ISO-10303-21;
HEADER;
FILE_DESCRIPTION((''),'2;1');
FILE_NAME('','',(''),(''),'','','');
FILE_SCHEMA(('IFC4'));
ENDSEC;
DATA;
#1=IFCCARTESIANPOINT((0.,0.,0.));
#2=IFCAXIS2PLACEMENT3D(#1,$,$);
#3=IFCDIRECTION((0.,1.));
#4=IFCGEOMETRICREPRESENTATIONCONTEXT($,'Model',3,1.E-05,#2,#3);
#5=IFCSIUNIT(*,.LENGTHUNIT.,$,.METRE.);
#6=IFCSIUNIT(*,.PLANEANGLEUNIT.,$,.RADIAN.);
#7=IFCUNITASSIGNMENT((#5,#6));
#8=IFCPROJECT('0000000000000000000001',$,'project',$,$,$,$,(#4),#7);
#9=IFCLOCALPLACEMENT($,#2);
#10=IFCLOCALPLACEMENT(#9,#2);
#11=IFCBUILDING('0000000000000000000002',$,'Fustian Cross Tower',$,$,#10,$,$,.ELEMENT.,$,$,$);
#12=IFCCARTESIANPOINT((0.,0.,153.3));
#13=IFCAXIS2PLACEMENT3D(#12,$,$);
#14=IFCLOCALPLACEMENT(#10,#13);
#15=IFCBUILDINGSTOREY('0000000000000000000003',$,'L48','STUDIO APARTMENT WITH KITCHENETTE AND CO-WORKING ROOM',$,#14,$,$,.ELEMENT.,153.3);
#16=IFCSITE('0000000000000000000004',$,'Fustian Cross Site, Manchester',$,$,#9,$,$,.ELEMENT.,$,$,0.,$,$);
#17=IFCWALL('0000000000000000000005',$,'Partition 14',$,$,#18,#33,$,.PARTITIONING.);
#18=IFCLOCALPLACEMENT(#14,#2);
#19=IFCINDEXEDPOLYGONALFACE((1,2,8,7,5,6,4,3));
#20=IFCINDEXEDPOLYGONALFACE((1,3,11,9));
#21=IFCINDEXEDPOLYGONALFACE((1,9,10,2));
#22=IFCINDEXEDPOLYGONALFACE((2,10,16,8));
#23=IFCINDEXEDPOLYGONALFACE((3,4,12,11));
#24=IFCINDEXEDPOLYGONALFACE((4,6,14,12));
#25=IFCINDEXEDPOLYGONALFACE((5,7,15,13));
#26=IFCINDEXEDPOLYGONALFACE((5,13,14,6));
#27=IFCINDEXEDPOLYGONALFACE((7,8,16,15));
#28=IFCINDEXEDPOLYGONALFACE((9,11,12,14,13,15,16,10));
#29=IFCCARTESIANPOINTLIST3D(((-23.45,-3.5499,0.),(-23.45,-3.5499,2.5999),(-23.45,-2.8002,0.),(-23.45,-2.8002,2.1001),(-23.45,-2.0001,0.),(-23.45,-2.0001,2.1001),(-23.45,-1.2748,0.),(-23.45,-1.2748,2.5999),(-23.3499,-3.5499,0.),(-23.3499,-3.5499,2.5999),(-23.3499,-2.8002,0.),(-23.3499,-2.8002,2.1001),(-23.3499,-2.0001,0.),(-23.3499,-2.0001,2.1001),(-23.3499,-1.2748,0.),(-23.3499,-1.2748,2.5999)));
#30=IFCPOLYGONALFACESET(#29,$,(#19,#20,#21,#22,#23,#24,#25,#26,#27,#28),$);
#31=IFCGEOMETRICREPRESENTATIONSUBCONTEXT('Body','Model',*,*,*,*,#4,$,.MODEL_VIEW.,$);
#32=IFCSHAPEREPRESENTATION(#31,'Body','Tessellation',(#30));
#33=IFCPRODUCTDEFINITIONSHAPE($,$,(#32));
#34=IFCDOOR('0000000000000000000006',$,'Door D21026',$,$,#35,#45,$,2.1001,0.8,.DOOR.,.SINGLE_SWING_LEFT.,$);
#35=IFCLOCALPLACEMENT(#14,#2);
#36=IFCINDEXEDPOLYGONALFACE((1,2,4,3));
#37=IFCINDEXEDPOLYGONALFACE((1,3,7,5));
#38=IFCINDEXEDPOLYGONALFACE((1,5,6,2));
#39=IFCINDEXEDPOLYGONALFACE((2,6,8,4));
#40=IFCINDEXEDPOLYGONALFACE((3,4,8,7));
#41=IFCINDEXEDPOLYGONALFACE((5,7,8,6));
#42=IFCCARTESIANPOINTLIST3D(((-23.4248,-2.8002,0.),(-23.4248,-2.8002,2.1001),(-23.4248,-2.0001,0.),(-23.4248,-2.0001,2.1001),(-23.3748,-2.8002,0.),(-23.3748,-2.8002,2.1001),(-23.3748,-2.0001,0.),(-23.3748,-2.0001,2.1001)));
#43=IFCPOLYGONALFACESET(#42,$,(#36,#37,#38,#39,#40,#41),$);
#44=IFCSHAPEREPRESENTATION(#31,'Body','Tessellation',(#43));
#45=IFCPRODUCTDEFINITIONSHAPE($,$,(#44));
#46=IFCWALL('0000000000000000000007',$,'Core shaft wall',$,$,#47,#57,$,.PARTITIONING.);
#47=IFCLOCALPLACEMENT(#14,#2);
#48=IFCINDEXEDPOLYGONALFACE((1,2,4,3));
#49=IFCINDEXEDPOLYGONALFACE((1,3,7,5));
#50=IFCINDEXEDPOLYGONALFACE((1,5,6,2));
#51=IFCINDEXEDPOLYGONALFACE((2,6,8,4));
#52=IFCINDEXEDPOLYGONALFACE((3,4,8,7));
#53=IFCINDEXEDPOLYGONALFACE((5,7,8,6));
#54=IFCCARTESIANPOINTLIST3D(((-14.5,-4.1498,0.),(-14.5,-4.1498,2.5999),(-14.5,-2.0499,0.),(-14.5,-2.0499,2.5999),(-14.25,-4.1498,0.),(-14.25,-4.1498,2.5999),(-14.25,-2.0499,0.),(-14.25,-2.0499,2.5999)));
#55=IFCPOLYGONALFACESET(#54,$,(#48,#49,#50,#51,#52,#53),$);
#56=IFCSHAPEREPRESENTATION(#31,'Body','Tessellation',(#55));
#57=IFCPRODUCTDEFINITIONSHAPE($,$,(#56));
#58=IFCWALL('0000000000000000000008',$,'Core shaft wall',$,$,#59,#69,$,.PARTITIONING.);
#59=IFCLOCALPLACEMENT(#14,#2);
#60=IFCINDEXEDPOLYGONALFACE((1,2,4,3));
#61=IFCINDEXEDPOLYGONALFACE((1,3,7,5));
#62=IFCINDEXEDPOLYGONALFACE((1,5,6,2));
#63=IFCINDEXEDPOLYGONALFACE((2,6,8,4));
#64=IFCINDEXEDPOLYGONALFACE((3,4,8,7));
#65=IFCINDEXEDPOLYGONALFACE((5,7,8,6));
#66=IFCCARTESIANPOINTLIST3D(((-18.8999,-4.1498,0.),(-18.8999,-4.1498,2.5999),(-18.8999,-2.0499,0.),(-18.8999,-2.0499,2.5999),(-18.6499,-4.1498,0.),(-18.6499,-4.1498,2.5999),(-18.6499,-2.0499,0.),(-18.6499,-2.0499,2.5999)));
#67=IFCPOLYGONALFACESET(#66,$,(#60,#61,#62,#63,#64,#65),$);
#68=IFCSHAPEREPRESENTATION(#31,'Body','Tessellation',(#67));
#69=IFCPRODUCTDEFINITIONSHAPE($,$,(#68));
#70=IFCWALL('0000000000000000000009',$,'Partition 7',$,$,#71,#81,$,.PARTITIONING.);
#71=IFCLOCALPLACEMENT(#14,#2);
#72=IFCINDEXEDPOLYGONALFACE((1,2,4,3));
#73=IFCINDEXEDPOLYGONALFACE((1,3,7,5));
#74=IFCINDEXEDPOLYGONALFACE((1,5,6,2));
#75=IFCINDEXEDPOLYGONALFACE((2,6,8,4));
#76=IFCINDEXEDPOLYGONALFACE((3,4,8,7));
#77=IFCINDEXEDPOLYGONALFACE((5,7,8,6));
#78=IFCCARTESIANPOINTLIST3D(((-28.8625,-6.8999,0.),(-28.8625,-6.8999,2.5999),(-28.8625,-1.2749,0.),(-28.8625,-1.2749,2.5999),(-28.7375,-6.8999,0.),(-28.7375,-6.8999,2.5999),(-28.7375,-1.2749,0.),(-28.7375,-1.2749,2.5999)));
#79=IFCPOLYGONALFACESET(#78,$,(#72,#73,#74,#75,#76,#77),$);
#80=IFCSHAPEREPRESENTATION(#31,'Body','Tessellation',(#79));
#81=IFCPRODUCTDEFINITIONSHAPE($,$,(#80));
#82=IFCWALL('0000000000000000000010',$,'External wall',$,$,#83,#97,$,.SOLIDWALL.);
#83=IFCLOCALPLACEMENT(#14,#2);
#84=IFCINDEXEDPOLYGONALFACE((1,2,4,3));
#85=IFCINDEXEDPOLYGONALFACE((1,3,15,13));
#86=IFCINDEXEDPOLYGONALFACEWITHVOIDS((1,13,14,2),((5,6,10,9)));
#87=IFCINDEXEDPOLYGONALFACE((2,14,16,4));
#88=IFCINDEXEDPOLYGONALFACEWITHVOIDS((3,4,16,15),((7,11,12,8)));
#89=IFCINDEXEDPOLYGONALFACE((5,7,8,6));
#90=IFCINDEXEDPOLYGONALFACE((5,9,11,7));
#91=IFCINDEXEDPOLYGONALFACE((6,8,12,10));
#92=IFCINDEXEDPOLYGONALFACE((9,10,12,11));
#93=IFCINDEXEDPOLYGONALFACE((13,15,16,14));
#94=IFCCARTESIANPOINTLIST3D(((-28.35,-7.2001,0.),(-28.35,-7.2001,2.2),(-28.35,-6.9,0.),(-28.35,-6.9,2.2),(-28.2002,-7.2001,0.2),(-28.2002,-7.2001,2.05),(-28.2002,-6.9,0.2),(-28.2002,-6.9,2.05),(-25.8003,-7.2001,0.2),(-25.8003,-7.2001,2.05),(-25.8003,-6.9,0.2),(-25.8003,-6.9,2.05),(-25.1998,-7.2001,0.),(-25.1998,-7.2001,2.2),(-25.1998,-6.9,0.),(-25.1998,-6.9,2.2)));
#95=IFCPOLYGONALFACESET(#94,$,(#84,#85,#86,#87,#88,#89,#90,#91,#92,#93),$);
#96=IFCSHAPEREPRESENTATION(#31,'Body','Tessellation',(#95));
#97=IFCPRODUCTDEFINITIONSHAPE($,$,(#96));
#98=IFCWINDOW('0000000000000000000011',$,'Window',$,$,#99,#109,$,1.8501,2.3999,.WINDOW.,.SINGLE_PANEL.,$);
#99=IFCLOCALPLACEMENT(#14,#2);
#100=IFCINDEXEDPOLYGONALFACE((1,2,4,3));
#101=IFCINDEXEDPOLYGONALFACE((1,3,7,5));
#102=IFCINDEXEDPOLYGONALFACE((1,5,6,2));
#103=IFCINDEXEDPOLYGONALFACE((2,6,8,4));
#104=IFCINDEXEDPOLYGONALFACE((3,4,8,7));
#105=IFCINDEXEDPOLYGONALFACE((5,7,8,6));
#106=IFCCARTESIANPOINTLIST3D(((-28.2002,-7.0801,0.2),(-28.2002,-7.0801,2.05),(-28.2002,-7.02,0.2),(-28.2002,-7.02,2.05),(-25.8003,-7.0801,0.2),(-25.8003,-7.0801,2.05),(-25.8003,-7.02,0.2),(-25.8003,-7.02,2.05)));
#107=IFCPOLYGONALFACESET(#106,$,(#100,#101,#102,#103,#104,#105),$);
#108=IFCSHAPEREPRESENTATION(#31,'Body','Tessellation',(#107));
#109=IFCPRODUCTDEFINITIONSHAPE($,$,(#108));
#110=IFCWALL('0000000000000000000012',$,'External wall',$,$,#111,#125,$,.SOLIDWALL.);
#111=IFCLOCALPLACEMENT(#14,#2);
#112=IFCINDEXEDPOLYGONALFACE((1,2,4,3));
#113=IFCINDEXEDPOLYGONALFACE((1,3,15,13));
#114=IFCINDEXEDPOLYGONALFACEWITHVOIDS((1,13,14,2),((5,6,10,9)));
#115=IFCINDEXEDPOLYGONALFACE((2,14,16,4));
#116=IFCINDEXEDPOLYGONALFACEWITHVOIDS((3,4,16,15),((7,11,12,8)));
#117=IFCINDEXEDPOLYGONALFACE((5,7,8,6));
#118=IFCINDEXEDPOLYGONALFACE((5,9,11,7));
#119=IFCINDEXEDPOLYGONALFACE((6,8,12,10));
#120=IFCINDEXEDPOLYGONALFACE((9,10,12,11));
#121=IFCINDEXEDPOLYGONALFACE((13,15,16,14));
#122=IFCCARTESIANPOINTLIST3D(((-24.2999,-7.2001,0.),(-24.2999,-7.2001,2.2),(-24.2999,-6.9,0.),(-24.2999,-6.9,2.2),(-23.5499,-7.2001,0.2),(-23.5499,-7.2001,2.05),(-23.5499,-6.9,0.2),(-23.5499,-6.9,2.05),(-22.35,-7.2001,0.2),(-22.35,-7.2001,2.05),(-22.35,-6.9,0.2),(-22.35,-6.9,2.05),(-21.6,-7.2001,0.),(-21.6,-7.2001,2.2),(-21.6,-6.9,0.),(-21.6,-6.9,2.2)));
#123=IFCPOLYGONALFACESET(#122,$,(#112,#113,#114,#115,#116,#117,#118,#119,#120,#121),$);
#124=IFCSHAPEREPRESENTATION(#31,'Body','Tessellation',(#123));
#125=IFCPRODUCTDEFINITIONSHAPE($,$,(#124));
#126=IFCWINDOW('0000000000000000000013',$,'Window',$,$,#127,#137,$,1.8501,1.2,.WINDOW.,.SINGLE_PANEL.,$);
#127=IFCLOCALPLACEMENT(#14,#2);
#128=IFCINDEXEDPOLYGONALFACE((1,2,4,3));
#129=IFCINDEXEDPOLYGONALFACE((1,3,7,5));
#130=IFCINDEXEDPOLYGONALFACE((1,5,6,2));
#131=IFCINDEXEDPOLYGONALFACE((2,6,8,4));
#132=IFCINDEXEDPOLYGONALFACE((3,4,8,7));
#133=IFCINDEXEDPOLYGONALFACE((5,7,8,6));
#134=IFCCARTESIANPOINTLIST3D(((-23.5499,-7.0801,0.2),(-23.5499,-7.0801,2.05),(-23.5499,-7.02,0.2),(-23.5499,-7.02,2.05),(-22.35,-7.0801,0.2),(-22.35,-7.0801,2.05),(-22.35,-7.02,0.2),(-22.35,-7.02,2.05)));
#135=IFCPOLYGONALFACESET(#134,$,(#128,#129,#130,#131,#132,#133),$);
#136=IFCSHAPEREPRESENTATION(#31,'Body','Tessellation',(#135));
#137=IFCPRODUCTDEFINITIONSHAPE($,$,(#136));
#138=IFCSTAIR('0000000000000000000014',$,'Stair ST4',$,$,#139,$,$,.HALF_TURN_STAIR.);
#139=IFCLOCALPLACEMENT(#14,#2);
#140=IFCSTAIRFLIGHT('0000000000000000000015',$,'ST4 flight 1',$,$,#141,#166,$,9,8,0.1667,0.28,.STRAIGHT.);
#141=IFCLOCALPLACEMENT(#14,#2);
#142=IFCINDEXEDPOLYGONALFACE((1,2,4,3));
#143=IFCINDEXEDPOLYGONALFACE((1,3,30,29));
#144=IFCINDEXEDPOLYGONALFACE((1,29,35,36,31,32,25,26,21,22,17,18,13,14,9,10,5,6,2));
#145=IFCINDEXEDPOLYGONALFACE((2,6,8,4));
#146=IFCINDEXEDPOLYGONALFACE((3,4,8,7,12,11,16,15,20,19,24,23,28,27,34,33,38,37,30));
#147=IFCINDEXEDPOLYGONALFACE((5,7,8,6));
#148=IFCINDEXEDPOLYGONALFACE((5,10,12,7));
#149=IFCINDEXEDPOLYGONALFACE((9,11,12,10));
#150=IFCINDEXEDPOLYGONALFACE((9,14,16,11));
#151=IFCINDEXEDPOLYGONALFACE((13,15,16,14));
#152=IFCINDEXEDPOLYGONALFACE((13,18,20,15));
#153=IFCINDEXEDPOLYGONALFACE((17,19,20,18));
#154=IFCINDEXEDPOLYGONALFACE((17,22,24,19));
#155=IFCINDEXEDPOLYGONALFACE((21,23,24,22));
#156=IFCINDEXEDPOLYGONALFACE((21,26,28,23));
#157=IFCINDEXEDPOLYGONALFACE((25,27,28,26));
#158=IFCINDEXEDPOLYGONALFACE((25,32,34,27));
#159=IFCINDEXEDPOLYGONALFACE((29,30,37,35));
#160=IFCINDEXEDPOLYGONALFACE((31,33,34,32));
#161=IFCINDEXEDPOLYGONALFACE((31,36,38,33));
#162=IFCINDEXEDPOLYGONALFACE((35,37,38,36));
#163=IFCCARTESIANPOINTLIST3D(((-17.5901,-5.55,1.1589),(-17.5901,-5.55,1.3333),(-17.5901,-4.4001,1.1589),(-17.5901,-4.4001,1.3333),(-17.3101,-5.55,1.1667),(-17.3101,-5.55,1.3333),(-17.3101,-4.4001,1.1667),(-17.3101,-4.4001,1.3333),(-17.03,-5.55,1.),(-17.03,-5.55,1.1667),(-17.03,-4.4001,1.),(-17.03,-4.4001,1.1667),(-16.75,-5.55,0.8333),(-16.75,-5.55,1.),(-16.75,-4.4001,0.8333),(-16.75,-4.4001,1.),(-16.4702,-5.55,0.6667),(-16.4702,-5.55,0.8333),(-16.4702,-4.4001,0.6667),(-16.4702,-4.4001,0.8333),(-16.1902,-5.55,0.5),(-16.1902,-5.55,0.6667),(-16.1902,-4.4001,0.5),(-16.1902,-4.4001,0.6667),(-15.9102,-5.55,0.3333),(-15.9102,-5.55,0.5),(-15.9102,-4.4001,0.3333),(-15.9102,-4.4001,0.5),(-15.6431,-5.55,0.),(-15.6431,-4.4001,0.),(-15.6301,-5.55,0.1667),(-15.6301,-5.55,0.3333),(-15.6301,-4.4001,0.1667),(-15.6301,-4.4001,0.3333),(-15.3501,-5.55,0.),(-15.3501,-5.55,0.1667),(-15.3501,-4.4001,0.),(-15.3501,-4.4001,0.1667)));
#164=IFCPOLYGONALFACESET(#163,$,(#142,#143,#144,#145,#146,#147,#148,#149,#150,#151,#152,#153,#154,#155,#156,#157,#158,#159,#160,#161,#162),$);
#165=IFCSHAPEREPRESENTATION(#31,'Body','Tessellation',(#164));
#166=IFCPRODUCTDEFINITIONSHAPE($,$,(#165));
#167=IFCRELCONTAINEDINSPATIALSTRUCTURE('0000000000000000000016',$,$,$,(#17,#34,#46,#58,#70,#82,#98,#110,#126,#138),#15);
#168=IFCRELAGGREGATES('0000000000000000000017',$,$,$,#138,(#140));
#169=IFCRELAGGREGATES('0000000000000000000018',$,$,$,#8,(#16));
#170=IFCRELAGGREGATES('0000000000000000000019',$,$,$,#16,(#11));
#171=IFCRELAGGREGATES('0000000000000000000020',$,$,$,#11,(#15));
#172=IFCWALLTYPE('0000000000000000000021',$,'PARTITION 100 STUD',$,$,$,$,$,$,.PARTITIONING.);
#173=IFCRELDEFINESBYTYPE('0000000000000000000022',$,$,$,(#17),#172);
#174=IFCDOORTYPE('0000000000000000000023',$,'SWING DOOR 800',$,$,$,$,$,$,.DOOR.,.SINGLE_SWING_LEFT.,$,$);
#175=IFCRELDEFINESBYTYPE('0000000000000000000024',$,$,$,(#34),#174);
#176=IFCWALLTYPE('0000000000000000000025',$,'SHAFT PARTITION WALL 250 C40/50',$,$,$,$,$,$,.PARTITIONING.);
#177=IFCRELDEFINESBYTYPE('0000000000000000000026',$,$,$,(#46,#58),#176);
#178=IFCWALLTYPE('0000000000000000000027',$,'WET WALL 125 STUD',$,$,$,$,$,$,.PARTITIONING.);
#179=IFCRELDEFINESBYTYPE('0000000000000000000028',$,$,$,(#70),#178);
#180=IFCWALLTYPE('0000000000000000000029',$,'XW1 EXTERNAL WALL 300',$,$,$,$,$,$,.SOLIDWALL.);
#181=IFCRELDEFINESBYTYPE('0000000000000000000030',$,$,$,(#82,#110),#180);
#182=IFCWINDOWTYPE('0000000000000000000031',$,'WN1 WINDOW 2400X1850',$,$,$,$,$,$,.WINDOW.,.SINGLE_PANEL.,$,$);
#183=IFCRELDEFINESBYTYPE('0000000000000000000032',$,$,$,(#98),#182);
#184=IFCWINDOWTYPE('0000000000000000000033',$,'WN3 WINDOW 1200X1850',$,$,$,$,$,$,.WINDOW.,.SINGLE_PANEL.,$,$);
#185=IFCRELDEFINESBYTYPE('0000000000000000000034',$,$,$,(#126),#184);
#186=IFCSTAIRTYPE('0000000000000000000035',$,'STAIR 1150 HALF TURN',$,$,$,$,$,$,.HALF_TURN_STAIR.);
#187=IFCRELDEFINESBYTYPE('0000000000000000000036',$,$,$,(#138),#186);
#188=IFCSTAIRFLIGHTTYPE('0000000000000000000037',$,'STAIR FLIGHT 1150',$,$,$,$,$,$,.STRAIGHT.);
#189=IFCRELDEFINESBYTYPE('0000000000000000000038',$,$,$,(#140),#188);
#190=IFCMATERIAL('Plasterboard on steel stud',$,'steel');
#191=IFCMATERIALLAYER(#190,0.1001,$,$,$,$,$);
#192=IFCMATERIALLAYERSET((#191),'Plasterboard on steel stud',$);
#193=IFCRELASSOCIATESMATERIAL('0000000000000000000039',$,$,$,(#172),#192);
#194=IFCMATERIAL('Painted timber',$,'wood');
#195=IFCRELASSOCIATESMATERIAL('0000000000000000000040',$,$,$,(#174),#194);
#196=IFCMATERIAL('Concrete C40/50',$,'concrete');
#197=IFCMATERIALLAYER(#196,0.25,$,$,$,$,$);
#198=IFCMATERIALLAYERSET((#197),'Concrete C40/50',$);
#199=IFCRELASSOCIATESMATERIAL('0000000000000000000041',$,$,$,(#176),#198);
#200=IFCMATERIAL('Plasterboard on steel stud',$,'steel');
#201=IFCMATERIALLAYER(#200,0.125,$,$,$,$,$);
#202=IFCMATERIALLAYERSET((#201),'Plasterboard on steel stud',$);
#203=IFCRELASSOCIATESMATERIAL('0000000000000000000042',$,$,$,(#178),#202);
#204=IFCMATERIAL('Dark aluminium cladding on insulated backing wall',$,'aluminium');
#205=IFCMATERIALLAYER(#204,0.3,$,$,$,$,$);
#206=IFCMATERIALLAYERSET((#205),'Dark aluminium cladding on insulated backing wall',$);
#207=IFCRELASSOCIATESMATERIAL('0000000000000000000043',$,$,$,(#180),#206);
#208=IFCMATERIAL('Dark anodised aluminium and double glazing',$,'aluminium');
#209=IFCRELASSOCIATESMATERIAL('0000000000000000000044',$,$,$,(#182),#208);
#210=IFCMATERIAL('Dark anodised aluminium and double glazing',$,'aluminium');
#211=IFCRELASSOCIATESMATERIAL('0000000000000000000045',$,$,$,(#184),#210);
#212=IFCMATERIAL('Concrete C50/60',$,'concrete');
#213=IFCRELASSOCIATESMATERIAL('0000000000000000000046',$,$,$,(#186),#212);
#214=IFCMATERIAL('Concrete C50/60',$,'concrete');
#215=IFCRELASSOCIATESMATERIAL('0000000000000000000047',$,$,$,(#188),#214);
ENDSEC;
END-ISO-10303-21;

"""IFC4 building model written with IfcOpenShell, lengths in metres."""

from ifc_helpers import new_model, si_unit, direction, frame, frame_2d, origin, place, context, subcontext, project, spatial, polyline, rectangle, outline, extrude, material, layer, layer_set, type_object, element, fill, aggregate, save


model = new_model("IFC4")

# Units and contexts
model_context = context("Model", 3, precision=1e-05, world=origin(), true_north=direction((0.0, 1.0)))
body_context = subcontext(model_context, "Body", "Model", "MODEL_VIEW")
ifc_project = project(units=[si_unit("LENGTHUNIT", "METRE"), si_unit("PLANEANGLEUNIT", "RADIAN")], contexts=[model_context])

# Site, building, storey
site_placement = place(None, origin())
site = spatial("IfcSite", under=ifc_project, at=site_placement, Name="Fustian Cross Site, Manchester", CompositionType="ELEMENT", RefElevation=0.0)
building_placement = place(site_placement, origin())
building = spatial("IfcBuilding", under=site, at=building_placement, Name="Fustian Cross Tower", CompositionType="ELEMENT")
storey_placement = place(building_placement, frame((0.0, 0.0, 153.3)))
storey = spatial("IfcBuildingStorey", under=building, at=storey_placement, Name="L48", Description="STUDIO APARTMENT WITH KITCHENETTE AND CO-WORKING ROOM", CompositionType="ELEMENT", Elevation=153.3)

# Shared definitions
ifc_material_1 = material(Name="Plasterboard on steel stud", Category="steel")
ifc_layer_1 = layer(ifc_material_1, 0.1001)
ifc_layer_set_1 = layer_set([ifc_layer_1], Name="Plasterboard on steel stud")
wall_type_1 = type_object("IfcWallType", Name="PARTITION 100 STUD", PredefinedType="PARTITIONING", material=ifc_layer_set_1)

# Wall, opening, door
wall_1_placement = place(storey_placement, frame((-23.3999, -3.55, 0.0), z_axis=(0.0, 0.0, 1.0), x_axis=(0.0, 1.0, 0.0)))
wall_1 = element("IfcWall", 1, at=wall_1_placement, inside=storey, type_object=wall_type_1, Name="Partition 14", PredefinedType="PARTITIONING", context=body_context, shape_type="SweptSolid", body=[
    extrude(rectangle(XDim=2.2751, YDim=0.1001, at=frame_2d((1.1377, 0.0))), origin(), (0.0, 0.0, 1.0), 2.5999),
])
opening_1_placement = place(wall_1_placement, frame((0.75, 0.0, 0.0)))
opening_1 = element("IfcOpeningElement", 2, at=opening_1_placement, cuts=wall_1, PredefinedType="OPENING", context=body_context, shape_type="SweptSolid", body=[
    extrude(rectangle(XDim=0.8, YDim=2.1001, at=frame_2d((0.3999, 1.05))), frame((0.0, 0.0601, 0.0), z_axis=(0.0, -1.0, 0.0), x_axis=(1.0, 0.0, 0.0)), (0.0, 0.0, 1.0), 0.1201),
])
ifc_material_2 = material(Name="Painted timber", Category="wood")
door_type_1 = type_object("IfcDoorType", Name="SWING DOOR 800", OperationType="SINGLE_SWING_LEFT", PredefinedType="DOOR", material=ifc_material_2)
door_1_placement = place(opening_1_placement, origin())
door_1 = element("IfcDoor", 3, at=door_1_placement, inside=storey, type_object=door_type_1, Name="Door D21026", OperationType="SINGLE_SWING_LEFT", OverallHeight=2.1001, OverallWidth=0.8, PredefinedType="DOOR", context=body_context, shape_type="SweptSolid", body=[
    extrude(rectangle(XDim=0.8, YDim=2.1001, at=frame_2d((0.3999, 1.05))), frame((0.0, 0.0249, 0.0), z_axis=(0.0, -1.0, 0.0), x_axis=(1.0, 0.0, 0.0)), (0.0, 0.0, 1.0), 0.05),
])
fill(opening_1, door_1)

# Walls
ifc_material_3 = material(Name="Concrete C40/50", Category="concrete")
ifc_layer_2 = layer(ifc_material_3, 0.25)
ifc_layer_set_2 = layer_set([ifc_layer_2], Name="Concrete C40/50")
wall_type_2 = type_object("IfcWallType", Name="SHAFT PARTITION WALL 250 C40/50", PredefinedType="PARTITIONING", material=ifc_layer_set_2)
for number, where, z_axis, x_axis, name in (
    (4, (-14.375, -2.05, 0.0), (0.0, 0.0, 1.0), (0.0, -1.0, 0.0), "Core shaft wall"),
    (5, (-18.7749, -2.05, 0.0), (0.0, 0.0, 1.0), (0.0, -1.0, 0.0), "Core shaft wall"),
):
    element("IfcWall", number, at=place(storey_placement, frame(where, z_axis=z_axis, x_axis=x_axis)), inside=storey, type_object=wall_type_2, Name=name, PredefinedType="PARTITIONING", context=body_context, shape_type="SweptSolid", body=[
        extrude(rectangle(XDim=2.0999, YDim=0.25, at=frame_2d((1.0498, 0.0))), origin(), (0.0, 0.0, 1.0), 2.5999),
    ])
ifc_material_4 = material(Name="Plasterboard on steel stud", Category="steel")
ifc_layer_3 = layer(ifc_material_4, 0.125)
ifc_layer_set_3 = layer_set([ifc_layer_3], Name="Plasterboard on steel stud")
wall_type_3 = type_object("IfcWallType", Name="WET WALL 125 STUD", PredefinedType="PARTITIONING", material=ifc_layer_set_3)
wall_2_placement = place(storey_placement, frame((-28.8, -6.8999, 0.0), z_axis=(0.0, 0.0, 1.0), x_axis=(0.0, 1.0, 0.0)))
element("IfcWall", 6, at=wall_2_placement, inside=storey, type_object=wall_type_3, Name="Partition 7", PredefinedType="PARTITIONING", context=body_context, shape_type="SweptSolid", body=[
    extrude(rectangle(XDim=5.625, YDim=0.125, at=frame_2d((2.8125, 0.0))), origin(), (0.0, 0.0, 1.0), 2.5999),
])

# Walls, openings, windows
ifc_material_5 = material(Name="Dark aluminium cladding on insulated backing wall", Category="aluminium")
ifc_layer_4 = layer(ifc_material_5, 0.3)
ifc_layer_set_4 = layer_set([ifc_layer_4], Name="Dark aluminium cladding on insulated backing wall")
wall_type_4 = type_object("IfcWallType", Name="XW1 EXTERNAL WALL 300", PredefinedType="SOLIDWALL", material=ifc_layer_set_4)
wall_3_placement = place(storey_placement, frame((-28.3501, -7.05, 0.0), z_axis=(0.0, 0.0, 1.0), x_axis=(1.0, 0.0, 0.0)))
wall_3 = element("IfcWall", 7, at=wall_3_placement, inside=storey, type_object=wall_type_4, Name="External wall", PredefinedType="SOLIDWALL", context=body_context, shape_type="SweptSolid", body=[
    extrude(rectangle(XDim=3.1501, YDim=0.3, at=frame_2d((1.5752, 0.0))), origin(), (0.0, 0.0, 1.0), 2.2),
])
opening_2_placement = place(wall_3_placement, frame((0.1499, 0.0, 0.2)))
opening_2 = element("IfcOpeningElement", 8, at=opening_2_placement, cuts=wall_3, PredefinedType="OPENING", context=body_context, shape_type="SweptSolid", body=[
    extrude(rectangle(XDim=2.3999, YDim=1.8501, at=frame_2d((1.2, 0.925))), frame((0.0, 0.1599, 0.0), z_axis=(0.0, -1.0, 0.0), x_axis=(1.0, 0.0, 0.0)), (0.0, 0.0, 1.0), 0.3201),
])
ifc_material_6 = material(Name="Dark anodised aluminium and double glazing", Category="aluminium")
window_type_1 = type_object("IfcWindowType", Name="WN1 WINDOW 2400X1850", PartitioningType="SINGLE_PANEL", PredefinedType="WINDOW", material=ifc_material_6)
window_1_placement = place(opening_2_placement, origin())
window_1 = element("IfcWindow", 9, at=window_1_placement, inside=storey, type_object=window_type_1, Name="Window", OverallHeight=1.8501, OverallWidth=2.3999, PartitioningType="SINGLE_PANEL", PredefinedType="WINDOW", context=body_context, shape_type="SweptSolid", body=[
    extrude(rectangle(XDim=2.3999, YDim=1.8501, at=frame_2d((1.2, 0.925))), frame((0.0, 0.03, 0.0), z_axis=(0.0, -1.0, 0.0), x_axis=(1.0, 0.0, 0.0)), (0.0, 0.0, 1.0), 0.0601),
])
fill(opening_2, window_1)
wall_4_placement = place(storey_placement, frame((-24.3, -7.05, 0.0), z_axis=(0.0, 0.0, 1.0), x_axis=(1.0, 0.0, 0.0)))
wall_4 = element("IfcWall", 10, at=wall_4_placement, inside=storey, type_object=wall_type_4, Name="External wall", PredefinedType="SOLIDWALL", context=body_context, shape_type="SweptSolid", body=[
    extrude(rectangle(XDim=2.7, YDim=0.3, at=frame_2d((1.3501, 0.0))), origin(), (0.0, 0.0, 1.0), 2.2),
])
opening_3_placement = place(wall_4_placement, frame((0.75, 0.0, 0.2)))
opening_3 = element("IfcOpeningElement", 11, at=opening_3_placement, cuts=wall_4, PredefinedType="OPENING", context=body_context, shape_type="SweptSolid", body=[
    extrude(rectangle(XDim=1.2, YDim=1.8501, at=frame_2d((0.6001, 0.925))), frame((0.0, 0.1599, 0.0), z_axis=(0.0, -1.0, 0.0), x_axis=(1.0, 0.0, 0.0)), (0.0, 0.0, 1.0), 0.3201),
])
ifc_material_7 = material(Name="Dark anodised aluminium and double glazing", Category="aluminium")
window_type_2 = type_object("IfcWindowType", Name="WN3 WINDOW 1200X1850", PartitioningType="SINGLE_PANEL", PredefinedType="WINDOW", material=ifc_material_7)
window_2_placement = place(opening_3_placement, origin())
window_2 = element("IfcWindow", 12, at=window_2_placement, inside=storey, type_object=window_type_2, Name="Window", OverallHeight=1.8501, OverallWidth=1.2, PartitioningType="SINGLE_PANEL", PredefinedType="WINDOW", context=body_context, shape_type="SweptSolid", body=[
    extrude(rectangle(XDim=1.2, YDim=1.8501, at=frame_2d((0.6001, 0.925))), frame((0.0, 0.03, 0.0), z_axis=(0.0, -1.0, 0.0), x_axis=(1.0, 0.0, 0.0)), (0.0, 0.0, 1.0), 0.0601),
])
fill(opening_3, window_2)

# Stair, stair flight
ifc_material_8 = material(Name="Concrete C50/60", Category="concrete")
stair_type = type_object("IfcStairType", Name="STAIR 1150 HALF TURN", PredefinedType="HALF_TURN_STAIR", material=ifc_material_8)
stair_placement = place(storey_placement, origin())
stair = element("IfcStair", 13, at=stair_placement, inside=storey, type_object=stair_type, Name="Stair ST4", PredefinedType="HALF_TURN_STAIR")
ifc_material_9 = material(Name="Concrete C50/60", Category="concrete")
stair_flight_type = type_object("IfcStairFlightType", Name="STAIR FLIGHT 1150", PredefinedType="STRAIGHT", material=ifc_material_9)
stair_flight_1_placement = place(storey_placement, frame((-15.3501, -4.9751, 0.0), z_axis=(0.0, 0.0, 1.0), x_axis=(-1.0, 0.0, 0.0)))
stair_flight_1 = element("IfcStairFlight", 14, at=stair_flight_1_placement, type_object=stair_flight_type, Name="ST4 flight 1", NumberOfRisers=9, NumberOfTreads=8, PredefinedType="STRAIGHT", RiserHeight=0.1667, TreadLength=0.28, context=body_context, shape_type="SweptSolid", body=[
    extrude(outline(polyline([(0.0, 0.0), (0.0, 0.1667), (0.28, 0.1667), (0.28, 0.3333), (0.5601, 0.3333), (0.5601, 0.5), (0.8401, 0.5), (0.8401, 0.6667), (1.1201, 0.6667), (1.1201, 0.8333), (1.3999, 0.8333), (1.3999, 1.0), (1.6799, 1.0), (1.6799, 1.1667), (1.96, 1.1667), (1.96, 1.3333), (2.24, 1.3333), (2.24, 1.5), (2.24, 1.1589), (0.293, 0.0), (0.0, 0.0)])), frame((0.0, 0.575, 0.0), z_axis=(0.0, -1.0, 0.0), x_axis=(1.0, 0.0, 0.0)), (0.0, 0.0, 1.0), 1.1499),
])
aggregate(stair, [stair_flight_1])

save(model, "model.ifc")
